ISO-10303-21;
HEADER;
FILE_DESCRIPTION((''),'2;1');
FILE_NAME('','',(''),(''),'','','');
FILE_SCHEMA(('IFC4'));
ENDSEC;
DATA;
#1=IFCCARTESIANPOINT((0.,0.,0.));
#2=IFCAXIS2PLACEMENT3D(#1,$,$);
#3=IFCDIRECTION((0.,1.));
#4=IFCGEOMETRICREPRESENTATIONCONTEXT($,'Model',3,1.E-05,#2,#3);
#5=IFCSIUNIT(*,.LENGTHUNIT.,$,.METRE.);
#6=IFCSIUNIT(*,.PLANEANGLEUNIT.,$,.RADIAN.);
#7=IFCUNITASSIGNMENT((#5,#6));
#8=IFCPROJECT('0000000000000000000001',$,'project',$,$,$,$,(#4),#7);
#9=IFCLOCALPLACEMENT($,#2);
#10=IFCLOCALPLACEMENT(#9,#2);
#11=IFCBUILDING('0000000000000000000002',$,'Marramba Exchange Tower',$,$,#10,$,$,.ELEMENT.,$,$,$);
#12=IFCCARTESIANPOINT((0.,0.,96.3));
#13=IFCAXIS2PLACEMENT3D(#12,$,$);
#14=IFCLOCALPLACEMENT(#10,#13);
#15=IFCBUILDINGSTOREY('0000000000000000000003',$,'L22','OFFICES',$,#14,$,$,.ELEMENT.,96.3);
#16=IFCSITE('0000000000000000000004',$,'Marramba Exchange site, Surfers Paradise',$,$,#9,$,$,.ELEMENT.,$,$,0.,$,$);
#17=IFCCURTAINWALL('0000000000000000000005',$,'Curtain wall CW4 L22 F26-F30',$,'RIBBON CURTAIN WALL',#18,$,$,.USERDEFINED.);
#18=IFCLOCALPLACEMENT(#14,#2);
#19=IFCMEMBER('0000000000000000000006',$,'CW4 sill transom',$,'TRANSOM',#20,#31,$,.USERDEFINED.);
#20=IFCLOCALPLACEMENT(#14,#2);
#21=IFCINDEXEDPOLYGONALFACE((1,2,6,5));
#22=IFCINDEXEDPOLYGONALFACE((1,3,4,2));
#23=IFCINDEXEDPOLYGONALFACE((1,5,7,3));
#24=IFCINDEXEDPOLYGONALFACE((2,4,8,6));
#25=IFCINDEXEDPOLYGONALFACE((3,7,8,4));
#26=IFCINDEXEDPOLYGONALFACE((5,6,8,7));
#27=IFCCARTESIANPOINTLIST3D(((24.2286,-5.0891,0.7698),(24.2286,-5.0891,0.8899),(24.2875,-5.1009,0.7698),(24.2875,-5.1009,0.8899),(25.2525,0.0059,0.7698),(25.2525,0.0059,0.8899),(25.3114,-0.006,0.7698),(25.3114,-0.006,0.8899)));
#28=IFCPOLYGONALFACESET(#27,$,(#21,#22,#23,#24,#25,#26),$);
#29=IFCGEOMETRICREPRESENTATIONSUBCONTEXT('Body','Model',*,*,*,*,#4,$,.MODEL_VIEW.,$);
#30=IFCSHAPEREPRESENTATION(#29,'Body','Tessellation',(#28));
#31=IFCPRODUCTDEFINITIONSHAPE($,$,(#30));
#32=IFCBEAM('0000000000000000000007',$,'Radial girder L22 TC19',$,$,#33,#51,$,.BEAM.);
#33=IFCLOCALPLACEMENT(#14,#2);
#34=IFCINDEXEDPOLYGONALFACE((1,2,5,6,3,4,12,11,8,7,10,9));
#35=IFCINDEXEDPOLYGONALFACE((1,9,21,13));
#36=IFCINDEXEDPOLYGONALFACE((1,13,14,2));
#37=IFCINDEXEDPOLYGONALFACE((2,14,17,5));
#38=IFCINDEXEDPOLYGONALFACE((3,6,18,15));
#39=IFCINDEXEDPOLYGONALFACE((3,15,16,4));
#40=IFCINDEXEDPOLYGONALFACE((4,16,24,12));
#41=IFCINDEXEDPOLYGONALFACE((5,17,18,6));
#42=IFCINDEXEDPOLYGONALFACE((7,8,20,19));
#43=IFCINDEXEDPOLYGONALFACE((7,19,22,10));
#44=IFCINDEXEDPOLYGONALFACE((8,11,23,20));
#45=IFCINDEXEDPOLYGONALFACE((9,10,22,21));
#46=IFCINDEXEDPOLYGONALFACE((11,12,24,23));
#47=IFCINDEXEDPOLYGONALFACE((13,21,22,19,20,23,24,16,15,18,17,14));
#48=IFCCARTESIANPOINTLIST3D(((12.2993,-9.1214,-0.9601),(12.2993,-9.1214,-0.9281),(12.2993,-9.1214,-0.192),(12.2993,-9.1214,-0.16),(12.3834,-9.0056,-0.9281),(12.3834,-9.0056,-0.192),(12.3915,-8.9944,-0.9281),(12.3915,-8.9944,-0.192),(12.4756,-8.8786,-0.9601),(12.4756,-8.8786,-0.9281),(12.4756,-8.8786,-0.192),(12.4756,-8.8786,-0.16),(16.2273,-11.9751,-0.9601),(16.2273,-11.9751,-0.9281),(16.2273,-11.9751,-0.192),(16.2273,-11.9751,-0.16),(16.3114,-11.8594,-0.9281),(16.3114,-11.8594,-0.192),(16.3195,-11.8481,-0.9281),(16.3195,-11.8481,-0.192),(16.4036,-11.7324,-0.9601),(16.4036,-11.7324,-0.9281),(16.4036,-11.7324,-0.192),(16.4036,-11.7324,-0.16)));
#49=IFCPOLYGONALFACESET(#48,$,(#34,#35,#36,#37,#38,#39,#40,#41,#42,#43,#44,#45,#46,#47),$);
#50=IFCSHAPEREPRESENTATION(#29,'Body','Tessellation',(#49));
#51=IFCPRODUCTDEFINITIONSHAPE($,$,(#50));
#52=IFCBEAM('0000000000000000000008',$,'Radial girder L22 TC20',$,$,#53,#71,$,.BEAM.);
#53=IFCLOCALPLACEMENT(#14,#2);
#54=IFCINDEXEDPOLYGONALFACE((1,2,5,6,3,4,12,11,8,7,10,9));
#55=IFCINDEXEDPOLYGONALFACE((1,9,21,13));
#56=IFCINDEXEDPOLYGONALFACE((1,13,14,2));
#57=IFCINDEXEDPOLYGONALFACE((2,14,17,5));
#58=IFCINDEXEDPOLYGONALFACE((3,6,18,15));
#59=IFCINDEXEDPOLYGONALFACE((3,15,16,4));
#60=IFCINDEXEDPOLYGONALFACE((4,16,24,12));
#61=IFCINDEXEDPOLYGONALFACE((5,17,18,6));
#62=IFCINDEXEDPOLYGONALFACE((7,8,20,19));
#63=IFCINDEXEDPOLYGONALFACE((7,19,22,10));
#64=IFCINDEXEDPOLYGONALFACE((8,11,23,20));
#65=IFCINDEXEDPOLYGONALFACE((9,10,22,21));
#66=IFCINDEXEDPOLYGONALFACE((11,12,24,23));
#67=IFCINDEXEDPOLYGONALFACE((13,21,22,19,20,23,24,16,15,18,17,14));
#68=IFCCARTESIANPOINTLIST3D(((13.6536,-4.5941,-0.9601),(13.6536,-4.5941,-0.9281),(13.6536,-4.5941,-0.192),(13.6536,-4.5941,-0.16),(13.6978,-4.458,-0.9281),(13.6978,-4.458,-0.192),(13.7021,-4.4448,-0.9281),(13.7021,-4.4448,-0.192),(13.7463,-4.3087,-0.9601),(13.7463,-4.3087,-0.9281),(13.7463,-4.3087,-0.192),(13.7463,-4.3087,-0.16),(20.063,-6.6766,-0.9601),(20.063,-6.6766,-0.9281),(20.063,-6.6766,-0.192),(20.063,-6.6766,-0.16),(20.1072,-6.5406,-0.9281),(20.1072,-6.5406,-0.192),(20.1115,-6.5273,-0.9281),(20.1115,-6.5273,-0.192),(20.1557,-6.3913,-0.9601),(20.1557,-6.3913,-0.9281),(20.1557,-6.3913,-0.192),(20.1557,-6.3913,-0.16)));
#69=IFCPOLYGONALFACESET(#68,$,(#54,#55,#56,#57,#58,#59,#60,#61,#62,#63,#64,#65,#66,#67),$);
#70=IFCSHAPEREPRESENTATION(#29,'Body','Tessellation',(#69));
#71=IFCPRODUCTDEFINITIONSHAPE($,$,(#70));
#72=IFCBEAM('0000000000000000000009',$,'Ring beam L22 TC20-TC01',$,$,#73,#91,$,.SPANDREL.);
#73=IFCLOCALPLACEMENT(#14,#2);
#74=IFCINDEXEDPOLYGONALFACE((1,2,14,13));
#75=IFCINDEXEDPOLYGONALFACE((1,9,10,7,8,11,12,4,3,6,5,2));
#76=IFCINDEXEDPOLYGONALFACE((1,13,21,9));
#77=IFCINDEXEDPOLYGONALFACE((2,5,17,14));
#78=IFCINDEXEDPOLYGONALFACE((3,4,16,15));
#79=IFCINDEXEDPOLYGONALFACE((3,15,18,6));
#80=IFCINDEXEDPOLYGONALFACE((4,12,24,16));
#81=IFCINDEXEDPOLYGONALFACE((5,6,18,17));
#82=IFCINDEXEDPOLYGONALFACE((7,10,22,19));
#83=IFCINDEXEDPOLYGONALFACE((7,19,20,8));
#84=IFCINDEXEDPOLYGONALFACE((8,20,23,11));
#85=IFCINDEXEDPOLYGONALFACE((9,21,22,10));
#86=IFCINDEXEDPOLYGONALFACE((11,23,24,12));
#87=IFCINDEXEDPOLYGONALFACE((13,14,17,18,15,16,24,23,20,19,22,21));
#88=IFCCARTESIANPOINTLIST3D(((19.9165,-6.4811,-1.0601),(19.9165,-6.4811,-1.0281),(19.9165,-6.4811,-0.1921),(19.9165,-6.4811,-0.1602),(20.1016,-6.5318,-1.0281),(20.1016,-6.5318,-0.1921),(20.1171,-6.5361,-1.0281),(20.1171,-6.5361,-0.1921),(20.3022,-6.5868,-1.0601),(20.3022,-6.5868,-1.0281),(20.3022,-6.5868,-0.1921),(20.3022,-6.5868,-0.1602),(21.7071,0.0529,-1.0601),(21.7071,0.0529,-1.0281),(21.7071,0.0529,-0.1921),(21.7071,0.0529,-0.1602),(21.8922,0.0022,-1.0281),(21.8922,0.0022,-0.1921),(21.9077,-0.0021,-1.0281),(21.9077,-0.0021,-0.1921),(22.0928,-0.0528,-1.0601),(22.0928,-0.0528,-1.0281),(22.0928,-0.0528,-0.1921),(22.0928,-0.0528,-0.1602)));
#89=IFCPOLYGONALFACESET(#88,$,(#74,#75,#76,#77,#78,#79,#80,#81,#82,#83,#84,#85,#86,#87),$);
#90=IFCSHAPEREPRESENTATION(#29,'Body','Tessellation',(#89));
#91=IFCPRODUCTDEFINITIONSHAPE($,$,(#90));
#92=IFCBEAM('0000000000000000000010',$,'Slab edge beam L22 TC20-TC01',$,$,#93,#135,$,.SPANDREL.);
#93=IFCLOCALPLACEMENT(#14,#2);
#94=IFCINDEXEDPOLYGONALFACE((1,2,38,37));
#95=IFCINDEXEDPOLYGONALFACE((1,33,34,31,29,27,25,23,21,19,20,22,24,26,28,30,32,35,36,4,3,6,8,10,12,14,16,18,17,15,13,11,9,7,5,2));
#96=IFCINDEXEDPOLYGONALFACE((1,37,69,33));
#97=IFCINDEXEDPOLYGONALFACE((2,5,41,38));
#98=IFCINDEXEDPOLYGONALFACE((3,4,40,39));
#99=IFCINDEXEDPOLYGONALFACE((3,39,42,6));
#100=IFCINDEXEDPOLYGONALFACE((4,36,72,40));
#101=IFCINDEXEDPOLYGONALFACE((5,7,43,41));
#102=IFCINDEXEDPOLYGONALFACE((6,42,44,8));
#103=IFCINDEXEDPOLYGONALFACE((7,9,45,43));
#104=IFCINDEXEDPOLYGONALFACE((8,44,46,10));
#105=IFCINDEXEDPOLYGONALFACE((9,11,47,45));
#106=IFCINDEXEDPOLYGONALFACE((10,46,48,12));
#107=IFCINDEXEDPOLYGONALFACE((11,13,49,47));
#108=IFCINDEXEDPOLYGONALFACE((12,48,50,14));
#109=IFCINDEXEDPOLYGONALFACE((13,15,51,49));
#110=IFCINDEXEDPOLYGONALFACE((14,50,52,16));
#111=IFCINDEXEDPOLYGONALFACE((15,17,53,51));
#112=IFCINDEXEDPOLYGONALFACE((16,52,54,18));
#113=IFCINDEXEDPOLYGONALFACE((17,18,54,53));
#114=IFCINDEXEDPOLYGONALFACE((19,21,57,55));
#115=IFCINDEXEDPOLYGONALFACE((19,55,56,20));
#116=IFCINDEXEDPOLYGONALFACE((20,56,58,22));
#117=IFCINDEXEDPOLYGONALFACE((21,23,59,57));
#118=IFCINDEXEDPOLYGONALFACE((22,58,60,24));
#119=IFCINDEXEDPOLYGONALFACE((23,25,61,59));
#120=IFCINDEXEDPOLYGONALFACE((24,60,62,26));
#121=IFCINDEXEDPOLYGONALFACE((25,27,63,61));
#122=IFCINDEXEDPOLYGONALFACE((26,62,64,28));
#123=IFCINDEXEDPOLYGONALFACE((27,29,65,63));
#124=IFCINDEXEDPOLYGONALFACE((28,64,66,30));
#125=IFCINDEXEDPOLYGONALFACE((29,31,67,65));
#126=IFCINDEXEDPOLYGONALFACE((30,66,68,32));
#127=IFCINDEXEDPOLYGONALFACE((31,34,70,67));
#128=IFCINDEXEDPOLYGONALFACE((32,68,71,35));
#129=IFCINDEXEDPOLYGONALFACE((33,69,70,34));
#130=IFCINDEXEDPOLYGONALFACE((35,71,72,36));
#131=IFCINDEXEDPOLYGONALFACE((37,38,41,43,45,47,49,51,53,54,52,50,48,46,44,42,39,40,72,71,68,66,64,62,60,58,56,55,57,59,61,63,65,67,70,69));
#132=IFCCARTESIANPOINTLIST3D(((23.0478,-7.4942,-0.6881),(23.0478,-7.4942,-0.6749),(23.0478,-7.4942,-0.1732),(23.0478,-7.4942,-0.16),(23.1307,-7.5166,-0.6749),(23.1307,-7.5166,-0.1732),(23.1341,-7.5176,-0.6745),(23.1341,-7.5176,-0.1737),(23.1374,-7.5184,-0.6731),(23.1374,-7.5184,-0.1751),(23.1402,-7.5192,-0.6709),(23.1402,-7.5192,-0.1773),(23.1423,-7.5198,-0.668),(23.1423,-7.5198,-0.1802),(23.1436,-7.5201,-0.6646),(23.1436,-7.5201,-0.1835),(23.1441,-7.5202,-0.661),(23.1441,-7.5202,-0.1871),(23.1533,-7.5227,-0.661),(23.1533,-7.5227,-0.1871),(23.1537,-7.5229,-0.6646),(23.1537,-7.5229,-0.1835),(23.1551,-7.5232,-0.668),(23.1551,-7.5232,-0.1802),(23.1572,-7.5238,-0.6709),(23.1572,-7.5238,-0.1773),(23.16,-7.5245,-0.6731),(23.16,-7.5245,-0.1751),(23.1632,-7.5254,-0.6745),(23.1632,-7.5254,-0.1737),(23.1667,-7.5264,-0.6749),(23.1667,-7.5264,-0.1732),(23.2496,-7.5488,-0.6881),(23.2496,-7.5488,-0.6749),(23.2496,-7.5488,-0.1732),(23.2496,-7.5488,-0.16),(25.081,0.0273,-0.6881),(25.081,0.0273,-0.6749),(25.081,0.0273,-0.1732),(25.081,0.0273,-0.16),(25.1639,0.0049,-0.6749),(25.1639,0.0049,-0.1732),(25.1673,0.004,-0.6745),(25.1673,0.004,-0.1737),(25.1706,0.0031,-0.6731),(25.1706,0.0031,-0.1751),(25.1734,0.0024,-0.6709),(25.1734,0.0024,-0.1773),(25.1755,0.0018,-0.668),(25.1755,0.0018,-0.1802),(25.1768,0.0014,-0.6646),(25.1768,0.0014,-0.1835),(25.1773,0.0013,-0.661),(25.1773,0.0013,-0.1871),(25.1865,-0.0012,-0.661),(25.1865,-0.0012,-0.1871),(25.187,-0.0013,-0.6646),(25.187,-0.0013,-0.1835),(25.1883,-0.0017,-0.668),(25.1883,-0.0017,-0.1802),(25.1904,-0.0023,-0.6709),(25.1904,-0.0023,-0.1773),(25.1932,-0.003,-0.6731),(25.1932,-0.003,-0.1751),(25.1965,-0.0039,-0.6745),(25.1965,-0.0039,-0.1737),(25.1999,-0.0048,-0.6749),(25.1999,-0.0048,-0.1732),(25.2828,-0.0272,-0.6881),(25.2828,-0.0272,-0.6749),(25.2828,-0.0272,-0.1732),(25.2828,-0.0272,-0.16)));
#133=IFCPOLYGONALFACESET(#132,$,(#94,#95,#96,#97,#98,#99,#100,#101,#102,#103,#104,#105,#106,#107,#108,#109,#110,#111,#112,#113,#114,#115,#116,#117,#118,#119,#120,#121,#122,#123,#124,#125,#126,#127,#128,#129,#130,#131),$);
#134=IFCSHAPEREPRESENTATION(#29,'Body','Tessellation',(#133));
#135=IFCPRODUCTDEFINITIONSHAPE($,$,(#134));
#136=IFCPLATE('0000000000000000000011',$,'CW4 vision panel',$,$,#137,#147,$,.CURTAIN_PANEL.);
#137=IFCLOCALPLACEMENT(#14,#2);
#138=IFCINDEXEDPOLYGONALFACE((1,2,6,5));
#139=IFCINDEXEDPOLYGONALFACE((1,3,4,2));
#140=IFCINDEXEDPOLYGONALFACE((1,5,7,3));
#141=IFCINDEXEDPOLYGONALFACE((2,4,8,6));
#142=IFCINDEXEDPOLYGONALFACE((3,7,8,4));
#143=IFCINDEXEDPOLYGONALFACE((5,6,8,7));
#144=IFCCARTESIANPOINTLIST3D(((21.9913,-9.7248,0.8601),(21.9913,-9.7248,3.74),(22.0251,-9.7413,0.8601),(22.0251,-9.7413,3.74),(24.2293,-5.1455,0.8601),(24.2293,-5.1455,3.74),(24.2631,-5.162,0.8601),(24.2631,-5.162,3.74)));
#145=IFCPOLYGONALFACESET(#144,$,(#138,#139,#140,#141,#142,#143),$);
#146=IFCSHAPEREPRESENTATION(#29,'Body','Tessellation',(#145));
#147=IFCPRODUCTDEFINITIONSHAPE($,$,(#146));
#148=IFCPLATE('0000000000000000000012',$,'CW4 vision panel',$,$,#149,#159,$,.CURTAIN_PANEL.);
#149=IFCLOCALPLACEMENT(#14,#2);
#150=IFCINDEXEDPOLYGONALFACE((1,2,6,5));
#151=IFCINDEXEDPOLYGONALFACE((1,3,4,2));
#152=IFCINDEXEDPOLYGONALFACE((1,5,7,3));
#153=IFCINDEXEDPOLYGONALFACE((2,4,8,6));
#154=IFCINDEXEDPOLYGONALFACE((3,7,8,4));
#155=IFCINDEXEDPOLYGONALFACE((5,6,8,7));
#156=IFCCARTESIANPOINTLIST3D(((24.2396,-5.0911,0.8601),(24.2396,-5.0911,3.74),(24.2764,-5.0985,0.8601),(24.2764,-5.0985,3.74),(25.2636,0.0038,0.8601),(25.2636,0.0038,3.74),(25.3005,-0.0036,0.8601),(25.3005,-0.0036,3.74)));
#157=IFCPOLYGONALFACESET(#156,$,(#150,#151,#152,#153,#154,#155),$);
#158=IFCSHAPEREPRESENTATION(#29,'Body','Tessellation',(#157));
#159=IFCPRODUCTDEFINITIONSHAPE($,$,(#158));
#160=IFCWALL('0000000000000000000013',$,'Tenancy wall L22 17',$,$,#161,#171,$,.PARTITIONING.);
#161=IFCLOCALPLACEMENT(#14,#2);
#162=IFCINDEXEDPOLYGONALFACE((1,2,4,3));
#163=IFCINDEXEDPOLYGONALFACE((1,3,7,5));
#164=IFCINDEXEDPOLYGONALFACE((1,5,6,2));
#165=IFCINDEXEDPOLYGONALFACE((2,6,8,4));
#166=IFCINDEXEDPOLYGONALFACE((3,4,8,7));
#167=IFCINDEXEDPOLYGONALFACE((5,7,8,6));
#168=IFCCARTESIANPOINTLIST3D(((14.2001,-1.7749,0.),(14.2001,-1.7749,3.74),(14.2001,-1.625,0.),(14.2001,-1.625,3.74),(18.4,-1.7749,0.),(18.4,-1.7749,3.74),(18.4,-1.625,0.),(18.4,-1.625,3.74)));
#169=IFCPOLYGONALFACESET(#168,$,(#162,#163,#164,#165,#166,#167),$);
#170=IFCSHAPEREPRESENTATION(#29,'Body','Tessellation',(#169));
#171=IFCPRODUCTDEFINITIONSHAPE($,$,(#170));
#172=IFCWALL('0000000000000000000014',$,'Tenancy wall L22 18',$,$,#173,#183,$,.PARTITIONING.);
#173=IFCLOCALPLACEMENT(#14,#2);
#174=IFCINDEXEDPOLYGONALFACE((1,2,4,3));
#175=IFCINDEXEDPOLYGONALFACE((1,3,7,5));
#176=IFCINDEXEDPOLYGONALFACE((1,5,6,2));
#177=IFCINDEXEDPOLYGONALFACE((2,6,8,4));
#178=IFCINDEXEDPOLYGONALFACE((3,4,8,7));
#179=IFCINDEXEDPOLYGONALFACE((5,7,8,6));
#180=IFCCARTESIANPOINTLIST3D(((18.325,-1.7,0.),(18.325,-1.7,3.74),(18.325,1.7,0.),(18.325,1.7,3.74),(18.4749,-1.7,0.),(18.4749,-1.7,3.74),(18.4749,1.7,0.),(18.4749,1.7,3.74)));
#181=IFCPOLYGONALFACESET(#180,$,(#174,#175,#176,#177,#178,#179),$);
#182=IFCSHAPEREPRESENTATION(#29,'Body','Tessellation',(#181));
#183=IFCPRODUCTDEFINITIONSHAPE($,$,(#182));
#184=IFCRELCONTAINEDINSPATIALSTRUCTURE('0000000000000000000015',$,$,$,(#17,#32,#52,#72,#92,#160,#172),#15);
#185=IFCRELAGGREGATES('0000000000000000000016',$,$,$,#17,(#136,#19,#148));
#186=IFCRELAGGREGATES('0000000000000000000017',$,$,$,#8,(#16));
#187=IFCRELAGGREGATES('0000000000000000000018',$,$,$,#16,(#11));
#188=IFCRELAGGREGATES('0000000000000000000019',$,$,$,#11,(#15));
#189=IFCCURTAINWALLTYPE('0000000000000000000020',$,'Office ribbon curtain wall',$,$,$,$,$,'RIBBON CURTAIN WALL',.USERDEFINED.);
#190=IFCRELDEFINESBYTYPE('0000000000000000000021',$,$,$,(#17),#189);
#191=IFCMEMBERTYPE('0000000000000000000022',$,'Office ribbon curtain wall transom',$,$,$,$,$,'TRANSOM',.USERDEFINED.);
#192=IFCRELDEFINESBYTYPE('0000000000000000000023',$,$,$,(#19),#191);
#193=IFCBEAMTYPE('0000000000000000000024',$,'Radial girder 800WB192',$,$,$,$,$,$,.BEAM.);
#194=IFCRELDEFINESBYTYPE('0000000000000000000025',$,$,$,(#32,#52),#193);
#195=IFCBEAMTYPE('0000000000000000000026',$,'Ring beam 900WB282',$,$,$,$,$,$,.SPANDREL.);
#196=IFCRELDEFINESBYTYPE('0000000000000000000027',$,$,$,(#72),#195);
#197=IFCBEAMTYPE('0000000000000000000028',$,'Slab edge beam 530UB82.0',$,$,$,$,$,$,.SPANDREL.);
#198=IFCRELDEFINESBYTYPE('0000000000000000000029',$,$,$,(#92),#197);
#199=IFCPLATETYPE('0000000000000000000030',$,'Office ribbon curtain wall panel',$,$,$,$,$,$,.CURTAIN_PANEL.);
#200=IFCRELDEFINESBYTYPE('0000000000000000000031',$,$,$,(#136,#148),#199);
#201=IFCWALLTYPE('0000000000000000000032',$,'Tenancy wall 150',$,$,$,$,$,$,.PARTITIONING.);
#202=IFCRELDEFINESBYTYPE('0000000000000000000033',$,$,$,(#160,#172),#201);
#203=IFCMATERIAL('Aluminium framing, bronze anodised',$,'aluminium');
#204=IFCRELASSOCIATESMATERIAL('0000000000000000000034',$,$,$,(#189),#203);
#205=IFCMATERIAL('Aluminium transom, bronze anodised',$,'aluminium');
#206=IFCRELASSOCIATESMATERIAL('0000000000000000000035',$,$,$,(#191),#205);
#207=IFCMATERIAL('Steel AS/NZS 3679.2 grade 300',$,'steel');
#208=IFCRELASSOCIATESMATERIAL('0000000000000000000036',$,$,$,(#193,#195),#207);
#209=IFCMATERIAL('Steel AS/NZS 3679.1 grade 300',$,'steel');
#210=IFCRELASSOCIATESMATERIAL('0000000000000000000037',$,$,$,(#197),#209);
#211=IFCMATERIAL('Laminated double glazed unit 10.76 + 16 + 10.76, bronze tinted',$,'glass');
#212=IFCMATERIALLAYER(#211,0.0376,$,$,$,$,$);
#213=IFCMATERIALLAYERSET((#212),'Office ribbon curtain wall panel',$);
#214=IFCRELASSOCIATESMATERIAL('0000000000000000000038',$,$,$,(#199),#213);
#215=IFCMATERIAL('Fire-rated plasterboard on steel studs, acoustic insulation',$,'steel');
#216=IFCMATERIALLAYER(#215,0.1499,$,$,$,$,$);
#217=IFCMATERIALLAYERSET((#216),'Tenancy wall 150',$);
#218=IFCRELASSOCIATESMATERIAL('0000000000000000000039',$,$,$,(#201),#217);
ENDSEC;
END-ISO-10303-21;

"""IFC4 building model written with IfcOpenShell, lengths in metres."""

from ifc_helpers import new_model, si_unit, direction, frame, frame_2d, origin, origin_2d, place, context, subcontext, project, spatial, rectangle, i_section, extrude, material, layer, layer_set, material_profile, profile_set, type_object, element, aggregate, save


model = new_model("IFC4")

# Units and contexts
model_context = context("Model", 3, precision=1e-05, world=origin(), true_north=direction((0.0, 1.0)))
body_context = subcontext(model_context, "Body", "Model", "MODEL_VIEW")
ifc_project = project(units=[si_unit("LENGTHUNIT", "METRE"), si_unit("PLANEANGLEUNIT", "RADIAN")], contexts=[model_context])

# Site, building, storey
site_placement = place(None, origin())
site = spatial("IfcSite", under=ifc_project, at=site_placement, Name="Marramba Exchange site, Surfers Paradise", CompositionType="ELEMENT", RefElevation=0.0)
building_placement = place(site_placement, origin())
building = spatial("IfcBuilding", under=site, at=building_placement, Name="Marramba Exchange Tower", CompositionType="ELEMENT")
storey_placement = place(building_placement, frame((0.0, 0.0, 96.3)))
storey = spatial("IfcBuildingStorey", under=building, at=storey_placement, Name="L22", Description="OFFICES", CompositionType="ELEMENT", Elevation=96.3)

# Shared definitions
ifc_material_1 = material(Name="Steel AS/NZS 3679.2 grade 300", Category="steel")
ifc_material_2 = material(Name="Steel AS/NZS 3679.1 grade 300", Category="steel")

# Curtain wall, member
ifc_material_3 = material(Name="Aluminium framing, bronze anodised", Category="aluminium")
curtain_wall_type = type_object("IfcCurtainWallType", Name="Office ribbon curtain wall", ElementType="RIBBON CURTAIN WALL", PredefinedType="USERDEFINED", material=ifc_material_3)
curtain_wall_placement = place(storey_placement, origin())
curtain_wall = element("IfcCurtainWall", 1, at=curtain_wall_placement, inside=storey, type_object=curtain_wall_type, Name="Curtain wall CW4 L22 F26-F30", ObjectType="RIBBON CURTAIN WALL", PredefinedType="USERDEFINED")
ifc_material_4 = material(Name="Aluminium transom, bronze anodised", Category="aluminium")
ifc_material_profile_1 = material_profile(ifc_material_4, rectangle(XDim=0.0601, YDim=0.1201, at=origin_2d()), Name="CW4 transom 60x120")
ifc_profile_set_1 = profile_set([ifc_material_profile_1], Name="Aluminium transom, bronze anodised")
member_type_1 = type_object("IfcMemberType", Name="Office ribbon curtain wall transom", ElementType="TRANSOM", PredefinedType="USERDEFINED", material=ifc_profile_set_1)
member_1_placement = place(storey_placement, frame((24.2581, -5.095, 0.8298), z_axis=(0.197029, 0.980398, 0.0), x_axis=(-0.980398, 0.197029, 0.0)))
member_1 = element("IfcMember", 2, at=member_1_placement, type_object=member_type_1, Name="CW4 sill transom", ObjectType="TRANSOM", PredefinedType="USERDEFINED", context=body_context, shape_type="SweptSolid", body=[
    extrude(rectangle(XDim=0.0601, YDim=0.1201, at=origin_2d()), origin(), (0.0, 0.0, 1.0), 5.1968),
])

# Beams
ifc_material_profile_2 = material_profile(ifc_material_1, i_section(OverallWidth=0.3, OverallDepth=0.8, WebThickness=0.0139, FlangeThickness=0.032, at=origin_2d()), Name="800WB192")
ifc_profile_set_2 = profile_set([ifc_material_profile_2], Name="Steel AS/NZS 3679.2 grade 300")
beam_type_1 = type_object("IfcBeamType", Name="Radial girder 800WB192", PredefinedType="BEAM", material=ifc_profile_set_2)
beam_1_placement = place(storey_placement, frame((12.3875, -9.0, -0.5601), z_axis=(0.809025, -0.587774, 0.0), x_axis=(0.587774, 0.809025, 0.0)))
element("IfcBeam", 3, at=beam_1_placement, inside=storey, type_object=beam_type_1, Name="Radial girder L22 TC19", PredefinedType="BEAM", context=body_context, shape_type="SweptSolid", body=[
    extrude(i_section(OverallWidth=0.3, OverallDepth=0.8, WebThickness=0.0139, FlangeThickness=0.032, at=origin_2d()), origin(), (0.0, 0.0, 1.0), 4.8552),
])
beam_2_placement = place(storey_placement, frame((13.7, -4.4514, -0.5601), z_axis=(0.951058, -0.309013, 0.0), x_axis=(0.309013, 0.951058, 0.0)))
element("IfcBeam", 4, at=beam_2_placement, inside=storey, type_object=beam_type_1, Name="Radial girder L22 TC20", PredefinedType="BEAM", context=body_context, shape_type="SweptSolid", body=[
    extrude(i_section(OverallWidth=0.3, OverallDepth=0.8, WebThickness=0.0139, FlangeThickness=0.032, at=origin_2d()), origin(), (0.0, 0.0, 1.0), 6.7393),
])
ifc_material_profile_3 = material_profile(ifc_material_1, i_section(OverallWidth=0.3999, OverallDepth=0.8999, WebThickness=0.0161, FlangeThickness=0.032, at=origin_2d()), Name="900WB282")
ifc_profile_set_3 = profile_set([ifc_material_profile_3], Name="Steel AS/NZS 3679.2 grade 300")
beam_type_2 = type_object("IfcBeamType", Name="Ring beam 900WB282", PredefinedType="SPANDREL", material=ifc_profile_set_3)
beam_3_placement = place(storey_placement, frame((20.1094, -6.5339, -0.6101), z_axis=(0.264291, 0.964443, 0.0), x_axis=(-0.964443, 0.264291, 0.0)))
element("IfcBeam", 5, at=beam_3_placement, inside=storey, type_object=beam_type_2, Name="Ring beam L22 TC20-TC01", PredefinedType="SPANDREL", context=body_context, shape_type="SweptSolid", body=[
    extrude(i_section(OverallWidth=0.3999, OverallDepth=0.8999, WebThickness=0.0161, FlangeThickness=0.032, at=origin_2d()), origin(), (0.0, 0.0, 1.0), 6.7749),
])
ifc_material_profile_4 = material_profile(ifc_material_2, i_section(OverallWidth=0.209, OverallDepth=0.5281, WebThickness=0.0095, FlangeThickness=0.0132, FilletRadius=0.0139, at=origin_2d()), Name="530UB82.0")
ifc_profile_set_4 = profile_set([ifc_material_profile_4], Name="Steel AS/NZS 3679.1 grade 300")
beam_type_3 = type_object("IfcBeamType", Name="Slab edge beam 530UB82.0", PredefinedType="SPANDREL", material=ifc_profile_set_4)
beam_4_placement = place(storey_placement, frame((23.1487, -7.5215, -0.4241), z_axis=(0.260953, 0.965351, 0.0), x_axis=(-0.965351, 0.260953, 0.0)))
element("IfcBeam", 6, at=beam_4_placement, inside=storey, type_object=beam_type_3, Name="Slab edge beam L22 TC20-TC01", PredefinedType="SPANDREL", context=body_context, shape_type="SweptSolid", body=[
    extrude(i_section(OverallWidth=0.209, OverallDepth=0.5281, WebThickness=0.0095, FlangeThickness=0.0132, FilletRadius=0.0139, at=origin_2d()), origin(), (0.0, 0.0, 1.0), 7.7915),
])

# Plates
ifc_material_5 = material(Name="Laminated double glazed unit 10.76 + 16 + 10.76, bronze tinted", Category="glass")
ifc_layer_1 = layer(ifc_material_5, 0.0376)
ifc_layer_set_1 = layer_set([ifc_layer_1], Name="Office ribbon curtain wall panel")
plate_type = type_object("IfcPlateType", Name="Office ribbon curtain wall panel", PredefinedType="CURTAIN_PANEL", material=ifc_layer_set_1)
plate_1_placement = place(storey_placement, frame((23.1272, -7.4434, 0.8601), z_axis=(0.0, 0.0, 1.0), x_axis=(0.439086, 0.898445, 0.0)))
plate_1 = element("IfcPlate", 7, at=plate_1_placement, type_object=plate_type, Name="CW4 vision panel", PredefinedType="CURTAIN_PANEL", context=body_context, shape_type="SweptSolid", body=[
    extrude(rectangle(XDim=5.0969, YDim=0.0376, at=origin_2d()), origin(), (0.0, 0.0, 1.0), 2.8799),
])
plate_2_placement = place(storey_placement, frame((24.77, -2.5474, 0.8601), z_axis=(0.0, 0.0, 1.0), x_axis=(0.197049, 0.980394, 0.0)))
plate_2 = element("IfcPlate", 8, at=plate_2_placement, type_object=plate_type, Name="CW4 vision panel", PredefinedType="CURTAIN_PANEL", context=body_context, shape_type="SweptSolid", body=[
    extrude(rectangle(XDim=5.1968, YDim=0.0376, at=origin_2d()), origin(), (0.0, 0.0, 1.0), 2.8799),
])
aggregate(curtain_wall, [plate_1, member_1, plate_2])

# Walls
ifc_material_6 = material(Name="Fire-rated plasterboard on steel studs, acoustic insulation", Category="steel")
ifc_layer_2 = layer(ifc_material_6, 0.1499)
ifc_layer_set_2 = layer_set([ifc_layer_2], Name="Tenancy wall 150")
wall_type_1 = type_object("IfcWallType", Name="Tenancy wall 150", PredefinedType="PARTITIONING", material=ifc_layer_set_2)
wall_1_placement = place(storey_placement, frame((14.2, -1.7, 0.0), z_axis=(0.0, 0.0, 1.0), x_axis=(1.0, 0.0, 0.0)))
element("IfcWall", 9, at=wall_1_placement, inside=storey, type_object=wall_type_1, Name="Tenancy wall L22 17", PredefinedType="PARTITIONING", context=body_context, shape_type="SweptSolid", body=[
    extrude(rectangle(XDim=4.2, YDim=0.1499, at=frame_2d((2.1001, 0.0))), origin(), (0.0, 0.0, 1.0), 3.74),
])
wall_2_placement = place(storey_placement, frame((18.3999, -1.7, 0.0), z_axis=(0.0, 0.0, 1.0), x_axis=(0.0, 1.0, 0.0)))
element("IfcWall", 10, at=wall_2_placement, inside=storey, type_object=wall_type_1, Name="Tenancy wall L22 18", PredefinedType="PARTITIONING", context=body_context, shape_type="SweptSolid", body=[
    extrude(rectangle(XDim=3.3999, YDim=0.1499, at=frame_2d((1.7, 0.0))), origin(), (0.0, 0.0, 1.0), 3.74),
])

save(model, "model.ifc")
